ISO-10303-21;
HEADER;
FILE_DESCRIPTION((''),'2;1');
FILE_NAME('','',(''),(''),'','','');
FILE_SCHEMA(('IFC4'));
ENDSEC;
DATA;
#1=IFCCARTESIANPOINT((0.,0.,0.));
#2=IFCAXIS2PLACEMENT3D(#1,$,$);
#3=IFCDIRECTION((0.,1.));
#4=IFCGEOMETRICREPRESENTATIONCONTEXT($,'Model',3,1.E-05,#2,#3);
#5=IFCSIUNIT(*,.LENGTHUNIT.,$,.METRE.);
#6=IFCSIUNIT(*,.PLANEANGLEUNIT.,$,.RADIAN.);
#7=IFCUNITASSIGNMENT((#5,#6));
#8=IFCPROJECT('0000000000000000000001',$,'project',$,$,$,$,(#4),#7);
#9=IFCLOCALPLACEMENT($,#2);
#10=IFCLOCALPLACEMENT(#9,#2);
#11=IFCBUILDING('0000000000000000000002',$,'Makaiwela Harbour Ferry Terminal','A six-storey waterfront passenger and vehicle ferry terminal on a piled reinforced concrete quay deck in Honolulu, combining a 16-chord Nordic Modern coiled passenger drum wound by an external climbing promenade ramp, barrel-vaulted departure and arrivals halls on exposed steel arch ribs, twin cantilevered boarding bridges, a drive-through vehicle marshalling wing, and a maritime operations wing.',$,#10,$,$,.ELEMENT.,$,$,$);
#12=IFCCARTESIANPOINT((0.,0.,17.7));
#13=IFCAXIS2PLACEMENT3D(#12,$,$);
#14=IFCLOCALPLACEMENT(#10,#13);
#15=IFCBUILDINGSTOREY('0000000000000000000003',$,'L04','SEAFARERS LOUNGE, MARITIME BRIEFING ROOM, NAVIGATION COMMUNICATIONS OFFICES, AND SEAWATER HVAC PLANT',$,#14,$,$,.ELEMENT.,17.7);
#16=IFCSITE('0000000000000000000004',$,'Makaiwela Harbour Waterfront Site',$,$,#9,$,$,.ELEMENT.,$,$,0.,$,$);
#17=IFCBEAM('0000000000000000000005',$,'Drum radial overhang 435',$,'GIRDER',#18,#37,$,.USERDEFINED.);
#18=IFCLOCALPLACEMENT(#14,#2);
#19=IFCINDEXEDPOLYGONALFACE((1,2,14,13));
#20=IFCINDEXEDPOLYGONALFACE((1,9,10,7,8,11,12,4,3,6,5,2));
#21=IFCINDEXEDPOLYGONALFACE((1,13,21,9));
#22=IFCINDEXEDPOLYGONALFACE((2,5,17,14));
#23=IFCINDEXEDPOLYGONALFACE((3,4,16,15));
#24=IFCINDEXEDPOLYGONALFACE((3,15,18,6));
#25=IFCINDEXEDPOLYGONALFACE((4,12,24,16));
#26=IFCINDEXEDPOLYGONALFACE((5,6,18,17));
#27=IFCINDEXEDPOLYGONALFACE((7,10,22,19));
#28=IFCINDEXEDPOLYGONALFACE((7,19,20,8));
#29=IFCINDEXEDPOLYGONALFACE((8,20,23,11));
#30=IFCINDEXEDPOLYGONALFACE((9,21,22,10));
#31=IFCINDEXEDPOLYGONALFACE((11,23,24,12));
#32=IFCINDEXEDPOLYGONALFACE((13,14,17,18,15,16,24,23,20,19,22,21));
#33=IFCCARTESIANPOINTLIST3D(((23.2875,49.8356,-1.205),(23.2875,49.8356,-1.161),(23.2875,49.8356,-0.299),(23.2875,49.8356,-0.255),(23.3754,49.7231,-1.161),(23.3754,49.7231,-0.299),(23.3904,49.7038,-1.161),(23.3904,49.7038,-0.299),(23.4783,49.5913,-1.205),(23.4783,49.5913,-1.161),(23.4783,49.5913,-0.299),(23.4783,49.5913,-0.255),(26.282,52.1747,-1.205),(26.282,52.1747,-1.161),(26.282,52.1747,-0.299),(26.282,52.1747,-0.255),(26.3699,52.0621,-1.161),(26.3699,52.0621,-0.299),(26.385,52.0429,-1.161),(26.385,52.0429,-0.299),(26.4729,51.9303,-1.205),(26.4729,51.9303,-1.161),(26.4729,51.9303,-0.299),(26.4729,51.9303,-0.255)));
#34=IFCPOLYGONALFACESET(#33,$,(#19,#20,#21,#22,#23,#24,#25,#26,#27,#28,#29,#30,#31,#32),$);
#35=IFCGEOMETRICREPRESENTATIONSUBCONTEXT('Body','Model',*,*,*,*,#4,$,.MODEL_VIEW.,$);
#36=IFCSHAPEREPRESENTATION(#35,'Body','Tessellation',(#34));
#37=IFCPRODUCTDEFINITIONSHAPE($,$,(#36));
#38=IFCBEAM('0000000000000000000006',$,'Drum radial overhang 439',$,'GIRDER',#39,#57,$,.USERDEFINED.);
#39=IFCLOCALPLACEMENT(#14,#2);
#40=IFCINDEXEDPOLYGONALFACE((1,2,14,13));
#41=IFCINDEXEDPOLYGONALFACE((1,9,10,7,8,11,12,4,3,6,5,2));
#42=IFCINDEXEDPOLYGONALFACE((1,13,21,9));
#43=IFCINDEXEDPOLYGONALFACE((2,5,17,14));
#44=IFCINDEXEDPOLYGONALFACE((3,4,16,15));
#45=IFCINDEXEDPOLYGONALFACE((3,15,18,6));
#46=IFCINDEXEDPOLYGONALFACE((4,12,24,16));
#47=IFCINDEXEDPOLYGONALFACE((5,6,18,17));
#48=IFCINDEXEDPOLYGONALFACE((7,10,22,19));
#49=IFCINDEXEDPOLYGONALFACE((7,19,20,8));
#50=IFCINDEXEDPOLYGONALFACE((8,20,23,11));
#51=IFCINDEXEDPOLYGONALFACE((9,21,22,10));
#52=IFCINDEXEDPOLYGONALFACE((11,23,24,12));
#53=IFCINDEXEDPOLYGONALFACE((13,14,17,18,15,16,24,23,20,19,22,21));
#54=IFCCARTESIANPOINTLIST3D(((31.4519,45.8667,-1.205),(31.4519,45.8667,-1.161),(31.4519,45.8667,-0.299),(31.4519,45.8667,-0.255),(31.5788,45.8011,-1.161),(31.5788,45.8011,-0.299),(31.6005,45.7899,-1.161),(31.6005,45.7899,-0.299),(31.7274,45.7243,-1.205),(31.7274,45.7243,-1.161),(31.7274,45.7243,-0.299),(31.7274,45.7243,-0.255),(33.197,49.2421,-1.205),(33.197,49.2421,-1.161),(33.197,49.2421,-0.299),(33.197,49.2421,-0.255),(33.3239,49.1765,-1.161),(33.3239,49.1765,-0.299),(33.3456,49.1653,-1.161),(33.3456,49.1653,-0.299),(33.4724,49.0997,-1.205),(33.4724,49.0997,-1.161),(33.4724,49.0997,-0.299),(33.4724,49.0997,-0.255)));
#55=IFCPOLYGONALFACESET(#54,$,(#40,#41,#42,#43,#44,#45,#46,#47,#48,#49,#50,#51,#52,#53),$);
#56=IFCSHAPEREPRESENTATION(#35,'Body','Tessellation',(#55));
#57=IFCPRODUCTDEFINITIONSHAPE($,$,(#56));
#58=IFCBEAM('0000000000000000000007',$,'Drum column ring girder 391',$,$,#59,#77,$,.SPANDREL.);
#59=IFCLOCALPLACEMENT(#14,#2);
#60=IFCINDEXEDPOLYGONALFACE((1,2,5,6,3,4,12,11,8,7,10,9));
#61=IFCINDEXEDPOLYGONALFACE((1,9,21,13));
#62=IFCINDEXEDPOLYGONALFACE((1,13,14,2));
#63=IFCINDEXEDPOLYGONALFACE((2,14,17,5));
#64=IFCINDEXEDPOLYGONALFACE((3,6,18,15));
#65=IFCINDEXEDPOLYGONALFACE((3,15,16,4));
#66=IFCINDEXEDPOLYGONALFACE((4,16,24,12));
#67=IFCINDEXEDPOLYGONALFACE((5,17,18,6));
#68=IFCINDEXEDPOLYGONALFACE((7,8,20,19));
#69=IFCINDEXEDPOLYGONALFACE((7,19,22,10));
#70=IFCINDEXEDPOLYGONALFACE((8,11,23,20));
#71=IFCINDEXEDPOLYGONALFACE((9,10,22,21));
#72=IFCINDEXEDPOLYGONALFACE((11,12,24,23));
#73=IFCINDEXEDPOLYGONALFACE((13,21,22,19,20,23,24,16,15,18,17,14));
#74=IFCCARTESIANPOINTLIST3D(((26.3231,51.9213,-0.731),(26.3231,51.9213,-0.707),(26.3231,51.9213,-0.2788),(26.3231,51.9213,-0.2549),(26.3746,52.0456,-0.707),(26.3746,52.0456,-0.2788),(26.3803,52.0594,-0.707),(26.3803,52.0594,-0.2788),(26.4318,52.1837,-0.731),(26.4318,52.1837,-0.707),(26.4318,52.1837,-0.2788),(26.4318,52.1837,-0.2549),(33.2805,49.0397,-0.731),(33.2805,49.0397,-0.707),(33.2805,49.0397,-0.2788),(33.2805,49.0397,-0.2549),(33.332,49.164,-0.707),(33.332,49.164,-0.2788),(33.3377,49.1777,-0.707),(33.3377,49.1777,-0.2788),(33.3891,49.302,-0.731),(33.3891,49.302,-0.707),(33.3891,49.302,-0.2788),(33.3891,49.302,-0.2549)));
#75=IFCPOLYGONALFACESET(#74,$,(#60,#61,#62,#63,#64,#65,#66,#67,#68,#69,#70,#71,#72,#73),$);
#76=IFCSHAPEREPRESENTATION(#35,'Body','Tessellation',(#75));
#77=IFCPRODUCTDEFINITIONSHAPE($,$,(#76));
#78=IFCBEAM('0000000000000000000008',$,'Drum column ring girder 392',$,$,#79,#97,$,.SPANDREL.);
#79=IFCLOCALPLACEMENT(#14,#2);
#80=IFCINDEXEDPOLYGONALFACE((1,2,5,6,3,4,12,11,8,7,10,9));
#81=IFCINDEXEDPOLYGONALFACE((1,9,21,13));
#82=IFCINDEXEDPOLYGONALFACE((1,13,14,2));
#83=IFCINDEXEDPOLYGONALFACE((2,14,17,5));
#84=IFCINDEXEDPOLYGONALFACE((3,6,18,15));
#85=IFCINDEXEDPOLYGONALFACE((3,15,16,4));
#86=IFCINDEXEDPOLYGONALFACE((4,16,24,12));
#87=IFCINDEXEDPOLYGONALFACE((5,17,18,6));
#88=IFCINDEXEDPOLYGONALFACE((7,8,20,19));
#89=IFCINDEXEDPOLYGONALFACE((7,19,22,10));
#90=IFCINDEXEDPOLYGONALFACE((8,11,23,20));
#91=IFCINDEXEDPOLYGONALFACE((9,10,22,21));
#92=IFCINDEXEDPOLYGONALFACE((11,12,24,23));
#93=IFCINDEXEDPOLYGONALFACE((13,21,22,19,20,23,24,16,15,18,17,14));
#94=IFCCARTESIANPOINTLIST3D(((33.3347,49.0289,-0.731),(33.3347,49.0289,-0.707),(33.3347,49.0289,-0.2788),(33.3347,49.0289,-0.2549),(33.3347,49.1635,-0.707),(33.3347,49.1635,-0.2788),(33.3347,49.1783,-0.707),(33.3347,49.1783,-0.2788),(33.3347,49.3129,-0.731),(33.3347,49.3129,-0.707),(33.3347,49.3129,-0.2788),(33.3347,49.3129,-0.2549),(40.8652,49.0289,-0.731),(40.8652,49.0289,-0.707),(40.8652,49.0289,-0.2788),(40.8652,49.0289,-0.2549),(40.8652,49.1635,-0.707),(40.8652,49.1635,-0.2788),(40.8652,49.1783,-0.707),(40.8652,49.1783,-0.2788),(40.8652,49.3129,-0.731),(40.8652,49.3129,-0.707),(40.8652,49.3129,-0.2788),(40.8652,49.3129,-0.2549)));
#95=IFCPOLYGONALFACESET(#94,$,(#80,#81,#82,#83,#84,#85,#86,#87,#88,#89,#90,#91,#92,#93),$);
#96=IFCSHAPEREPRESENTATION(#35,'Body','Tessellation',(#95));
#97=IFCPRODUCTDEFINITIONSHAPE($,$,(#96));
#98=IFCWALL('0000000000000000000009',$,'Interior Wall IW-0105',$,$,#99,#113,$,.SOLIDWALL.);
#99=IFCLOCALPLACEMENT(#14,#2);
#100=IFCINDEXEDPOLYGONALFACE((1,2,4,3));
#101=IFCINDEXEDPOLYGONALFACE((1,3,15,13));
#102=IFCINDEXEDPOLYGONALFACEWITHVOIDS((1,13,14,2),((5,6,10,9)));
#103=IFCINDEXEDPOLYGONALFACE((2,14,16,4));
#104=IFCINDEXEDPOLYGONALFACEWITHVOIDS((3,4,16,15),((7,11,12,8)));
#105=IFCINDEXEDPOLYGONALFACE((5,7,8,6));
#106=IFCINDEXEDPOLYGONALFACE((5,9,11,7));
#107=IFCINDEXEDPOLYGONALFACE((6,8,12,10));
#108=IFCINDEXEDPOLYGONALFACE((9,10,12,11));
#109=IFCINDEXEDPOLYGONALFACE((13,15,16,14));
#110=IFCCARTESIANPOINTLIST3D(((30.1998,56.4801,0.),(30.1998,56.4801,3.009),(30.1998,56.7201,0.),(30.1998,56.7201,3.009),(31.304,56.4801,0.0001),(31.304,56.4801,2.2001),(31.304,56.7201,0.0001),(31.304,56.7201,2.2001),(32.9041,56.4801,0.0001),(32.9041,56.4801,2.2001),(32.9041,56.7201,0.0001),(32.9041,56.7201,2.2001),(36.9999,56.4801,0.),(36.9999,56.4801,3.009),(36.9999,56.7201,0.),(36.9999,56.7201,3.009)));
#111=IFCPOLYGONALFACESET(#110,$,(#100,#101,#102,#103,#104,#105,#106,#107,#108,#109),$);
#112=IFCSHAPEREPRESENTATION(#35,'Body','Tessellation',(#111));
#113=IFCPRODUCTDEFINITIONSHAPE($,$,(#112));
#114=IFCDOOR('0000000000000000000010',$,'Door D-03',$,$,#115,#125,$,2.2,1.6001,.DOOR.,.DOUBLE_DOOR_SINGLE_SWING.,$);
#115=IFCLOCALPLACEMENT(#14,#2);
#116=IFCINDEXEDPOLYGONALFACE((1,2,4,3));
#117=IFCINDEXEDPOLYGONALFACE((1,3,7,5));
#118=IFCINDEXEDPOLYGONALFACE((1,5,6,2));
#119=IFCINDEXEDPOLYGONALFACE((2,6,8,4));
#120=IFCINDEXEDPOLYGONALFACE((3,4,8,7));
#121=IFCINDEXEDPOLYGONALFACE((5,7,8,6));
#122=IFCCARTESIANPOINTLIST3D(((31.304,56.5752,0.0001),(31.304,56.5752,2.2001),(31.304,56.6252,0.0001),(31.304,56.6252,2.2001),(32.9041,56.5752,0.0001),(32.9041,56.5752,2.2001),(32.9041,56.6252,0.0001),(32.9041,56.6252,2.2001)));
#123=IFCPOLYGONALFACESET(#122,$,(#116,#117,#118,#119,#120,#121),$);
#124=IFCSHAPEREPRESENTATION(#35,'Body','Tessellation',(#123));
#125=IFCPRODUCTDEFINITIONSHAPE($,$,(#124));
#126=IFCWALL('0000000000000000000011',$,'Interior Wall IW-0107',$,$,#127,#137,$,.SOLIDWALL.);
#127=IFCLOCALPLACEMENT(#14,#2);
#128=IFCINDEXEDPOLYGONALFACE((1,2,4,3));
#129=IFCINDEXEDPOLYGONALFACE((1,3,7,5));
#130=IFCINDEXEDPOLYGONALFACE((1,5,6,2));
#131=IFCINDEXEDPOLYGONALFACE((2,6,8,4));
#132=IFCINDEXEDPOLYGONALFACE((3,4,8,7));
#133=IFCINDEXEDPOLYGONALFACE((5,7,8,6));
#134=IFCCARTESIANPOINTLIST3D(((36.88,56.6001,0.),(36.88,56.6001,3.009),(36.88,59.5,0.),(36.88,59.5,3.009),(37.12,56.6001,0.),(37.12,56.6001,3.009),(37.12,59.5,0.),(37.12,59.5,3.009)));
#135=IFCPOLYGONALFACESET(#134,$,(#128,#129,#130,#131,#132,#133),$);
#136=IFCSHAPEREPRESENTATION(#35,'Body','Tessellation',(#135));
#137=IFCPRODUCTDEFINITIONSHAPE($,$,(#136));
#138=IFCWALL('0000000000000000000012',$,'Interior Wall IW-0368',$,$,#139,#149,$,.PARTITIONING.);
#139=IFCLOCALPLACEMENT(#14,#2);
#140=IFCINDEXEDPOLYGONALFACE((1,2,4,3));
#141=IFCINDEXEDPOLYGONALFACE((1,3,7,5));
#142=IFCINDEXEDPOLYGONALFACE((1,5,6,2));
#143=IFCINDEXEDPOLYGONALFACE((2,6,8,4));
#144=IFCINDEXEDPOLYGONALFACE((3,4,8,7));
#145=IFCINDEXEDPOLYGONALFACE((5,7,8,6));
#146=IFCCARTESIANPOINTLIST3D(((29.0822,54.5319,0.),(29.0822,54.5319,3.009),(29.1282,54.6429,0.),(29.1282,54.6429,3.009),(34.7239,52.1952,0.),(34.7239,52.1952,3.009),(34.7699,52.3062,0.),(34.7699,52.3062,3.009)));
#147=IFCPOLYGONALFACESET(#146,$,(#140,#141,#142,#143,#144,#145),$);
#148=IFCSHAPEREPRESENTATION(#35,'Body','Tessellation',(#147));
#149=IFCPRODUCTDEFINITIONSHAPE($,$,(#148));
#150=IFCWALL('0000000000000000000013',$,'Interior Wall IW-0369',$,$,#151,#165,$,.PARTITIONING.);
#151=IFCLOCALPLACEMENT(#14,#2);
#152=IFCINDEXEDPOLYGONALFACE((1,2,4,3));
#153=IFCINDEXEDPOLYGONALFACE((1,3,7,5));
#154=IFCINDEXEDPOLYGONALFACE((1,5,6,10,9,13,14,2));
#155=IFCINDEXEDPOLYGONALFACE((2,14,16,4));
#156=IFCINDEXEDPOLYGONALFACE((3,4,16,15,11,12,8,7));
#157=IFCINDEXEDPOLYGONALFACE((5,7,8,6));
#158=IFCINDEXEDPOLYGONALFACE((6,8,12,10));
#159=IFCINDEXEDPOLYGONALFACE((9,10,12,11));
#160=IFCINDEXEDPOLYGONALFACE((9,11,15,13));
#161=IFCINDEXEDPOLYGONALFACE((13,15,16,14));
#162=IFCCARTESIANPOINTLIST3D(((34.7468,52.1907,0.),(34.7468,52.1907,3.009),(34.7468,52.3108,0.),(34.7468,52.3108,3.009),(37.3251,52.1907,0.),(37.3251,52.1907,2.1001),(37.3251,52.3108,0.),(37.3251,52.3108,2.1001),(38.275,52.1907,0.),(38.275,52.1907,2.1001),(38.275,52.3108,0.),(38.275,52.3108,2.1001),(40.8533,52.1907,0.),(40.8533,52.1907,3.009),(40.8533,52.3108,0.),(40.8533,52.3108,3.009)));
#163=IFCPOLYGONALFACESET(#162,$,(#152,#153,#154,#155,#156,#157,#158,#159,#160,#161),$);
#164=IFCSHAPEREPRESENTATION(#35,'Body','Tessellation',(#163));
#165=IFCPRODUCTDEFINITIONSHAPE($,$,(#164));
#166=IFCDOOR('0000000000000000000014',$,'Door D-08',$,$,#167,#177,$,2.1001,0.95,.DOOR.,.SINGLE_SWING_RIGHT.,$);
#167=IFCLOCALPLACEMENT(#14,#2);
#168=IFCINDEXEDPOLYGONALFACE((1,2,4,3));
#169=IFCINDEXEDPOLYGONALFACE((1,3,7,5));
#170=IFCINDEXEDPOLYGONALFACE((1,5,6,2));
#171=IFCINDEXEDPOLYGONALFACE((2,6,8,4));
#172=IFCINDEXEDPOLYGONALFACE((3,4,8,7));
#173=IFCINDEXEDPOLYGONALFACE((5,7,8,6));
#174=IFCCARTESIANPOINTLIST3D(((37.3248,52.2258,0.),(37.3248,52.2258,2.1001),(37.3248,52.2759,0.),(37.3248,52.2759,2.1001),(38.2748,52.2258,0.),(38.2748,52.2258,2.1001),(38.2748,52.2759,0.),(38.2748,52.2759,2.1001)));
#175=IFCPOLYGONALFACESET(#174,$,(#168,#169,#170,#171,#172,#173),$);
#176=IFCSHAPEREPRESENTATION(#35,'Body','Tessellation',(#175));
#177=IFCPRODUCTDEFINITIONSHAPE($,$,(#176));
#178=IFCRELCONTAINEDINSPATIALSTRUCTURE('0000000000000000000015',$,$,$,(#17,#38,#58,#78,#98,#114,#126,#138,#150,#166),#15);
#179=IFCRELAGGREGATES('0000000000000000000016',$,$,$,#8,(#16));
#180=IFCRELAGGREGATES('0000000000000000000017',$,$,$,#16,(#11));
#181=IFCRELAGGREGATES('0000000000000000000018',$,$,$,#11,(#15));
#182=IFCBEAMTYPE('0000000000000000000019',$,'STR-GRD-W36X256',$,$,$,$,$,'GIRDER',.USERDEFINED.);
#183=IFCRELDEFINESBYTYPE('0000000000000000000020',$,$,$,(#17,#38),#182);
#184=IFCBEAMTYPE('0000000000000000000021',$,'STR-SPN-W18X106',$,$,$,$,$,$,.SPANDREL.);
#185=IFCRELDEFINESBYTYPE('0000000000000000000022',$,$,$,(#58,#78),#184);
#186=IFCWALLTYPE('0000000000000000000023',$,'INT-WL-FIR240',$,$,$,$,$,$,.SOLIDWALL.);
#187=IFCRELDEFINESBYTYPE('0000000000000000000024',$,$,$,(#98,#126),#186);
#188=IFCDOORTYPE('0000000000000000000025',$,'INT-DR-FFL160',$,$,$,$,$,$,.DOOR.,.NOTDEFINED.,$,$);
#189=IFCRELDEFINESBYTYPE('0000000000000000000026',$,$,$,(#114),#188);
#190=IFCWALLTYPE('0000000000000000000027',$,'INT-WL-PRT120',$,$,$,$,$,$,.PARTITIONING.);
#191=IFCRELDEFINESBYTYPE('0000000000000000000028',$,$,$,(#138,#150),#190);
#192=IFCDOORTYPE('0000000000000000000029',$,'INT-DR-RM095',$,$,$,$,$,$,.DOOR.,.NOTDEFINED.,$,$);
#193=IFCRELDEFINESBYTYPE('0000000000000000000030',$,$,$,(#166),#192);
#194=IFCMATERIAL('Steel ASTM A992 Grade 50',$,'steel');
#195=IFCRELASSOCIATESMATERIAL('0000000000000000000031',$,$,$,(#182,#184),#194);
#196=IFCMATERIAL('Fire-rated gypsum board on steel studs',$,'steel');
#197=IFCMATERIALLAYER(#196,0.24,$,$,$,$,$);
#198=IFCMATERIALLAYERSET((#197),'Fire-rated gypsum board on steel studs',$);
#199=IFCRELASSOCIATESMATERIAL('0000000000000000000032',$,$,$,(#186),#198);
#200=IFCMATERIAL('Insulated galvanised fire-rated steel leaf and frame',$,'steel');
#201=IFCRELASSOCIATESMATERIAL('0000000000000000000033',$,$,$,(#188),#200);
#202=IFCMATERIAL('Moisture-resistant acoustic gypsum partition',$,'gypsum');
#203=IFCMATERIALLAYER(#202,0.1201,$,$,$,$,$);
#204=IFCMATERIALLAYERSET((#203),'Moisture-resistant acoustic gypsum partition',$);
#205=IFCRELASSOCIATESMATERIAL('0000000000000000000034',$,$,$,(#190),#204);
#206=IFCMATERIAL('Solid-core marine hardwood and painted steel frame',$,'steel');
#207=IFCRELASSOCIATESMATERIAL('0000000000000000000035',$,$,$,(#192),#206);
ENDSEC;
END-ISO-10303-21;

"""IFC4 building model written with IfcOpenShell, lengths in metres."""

from ifc_helpers import new_model, si_unit, direction, frame, frame_2d, origin, origin_2d, place, context, subcontext, project, spatial, rectangle, i_section, extrude, material, layer, layer_set, material_profile, profile_set, type_object, element, fill, save


model = new_model("IFC4")

# Units and contexts
model_context = context("Model", 3, precision=1e-05, world=origin(), true_north=direction((0.0, 1.0)))
body_context = subcontext(model_context, "Body", "Model", "MODEL_VIEW")
ifc_project = project(units=[si_unit("LENGTHUNIT", "METRE"), si_unit("PLANEANGLEUNIT", "RADIAN")], contexts=[model_context])

# Site, building, storey
site_placement = place(None, origin())
site = spatial("IfcSite", under=ifc_project, at=site_placement, Name="Makaiwela Harbour Waterfront Site", CompositionType="ELEMENT", RefElevation=0.0)
building_placement = place(site_placement, origin())
building = spatial("IfcBuilding", under=site, at=building_placement, Name="Makaiwela Harbour Ferry Terminal", Description="A six-storey waterfront passenger and vehicle ferry terminal on a piled reinforced concrete quay deck in Honolulu, combining a 16-chord Nordic Modern coiled passenger drum wound by an external climbing promenade ramp, barrel-vaulted departure and arrivals halls on exposed steel arch ribs, twin cantilevered boarding bridges, a drive-through vehicle marshalling wing, and a maritime operations wing.", CompositionType="ELEMENT")
storey_placement = place(building_placement, frame((0.0, 0.0, 17.7)))
storey = spatial("IfcBuildingStorey", under=building, at=storey_placement, Name="L04", Description="SEAFARERS LOUNGE, MARITIME BRIEFING ROOM, NAVIGATION COMMUNICATIONS OFFICES, AND SEAWATER HVAC PLANT", CompositionType="ELEMENT", Elevation=17.7)

# Shared definitions
ifc_material_1 = material(Name="Steel ASTM A992 Grade 50", Category="steel")

# Beams
ifc_material_profile_1 = material_profile(ifc_material_1, i_section(OverallWidth=0.3101, OverallDepth=0.95, WebThickness=0.0244, FlangeThickness=0.0439, at=origin_2d()), Name="W36X256")
ifc_profile_set_1 = profile_set([ifc_material_profile_1], Name="Steel ASTM A992 Grade 50")
beam_type_1 = type_object("IfcBeamType", Name="STR-GRD-W36X256", ElementType="GIRDER", PredefinedType="USERDEFINED", material=ifc_profile_set_1)
for number, where, z_axis, x_axis, name in (
    (1, (26.3774, 52.0525, -0.73), (-0.788081, -0.615572, 0.0), (0.615572, -0.788081, 0.0), "Drum radial overhang 435"),
    (2, (33.3347, 49.1709, -0.73), (-0.459252, -0.888306, 0.0), (0.888306, -0.459252, 0.0), "Drum radial overhang 439"),
):
    element("IfcBeam", number, at=place(storey_placement, frame(where, z_axis=z_axis, x_axis=x_axis)), inside=storey, type_object=beam_type_1, Name=name, ObjectType="GIRDER", PredefinedType="USERDEFINED", context=body_context, shape_type="SweptSolid", body=[
        extrude(i_section(OverallWidth=0.3101, OverallDepth=0.95, WebThickness=0.0244, FlangeThickness=0.0439, at=origin_2d()), origin(), (0.0, 0.0, 1.0), 3.7998),
    ])
ifc_material_profile_2 = material_profile(ifc_material_1, i_section(OverallWidth=0.2839, OverallDepth=0.4761, WebThickness=0.0149, FlangeThickness=0.0239, at=origin_2d()), Name="W18X106")
ifc_profile_set_2 = profile_set([ifc_material_profile_2], Name="Steel ASTM A992 Grade 50")
beam_type_2 = type_object("IfcBeamType", Name="STR-SPN-W18X106", PredefinedType="SPANDREL", material=ifc_profile_set_2)
for number, where, z_axis, x_axis, name in (
    (3, (26.3774, 52.0525, -0.4929), (0.923889, -0.38266, 0.0), (0.38266, 0.923889, 0.0), "Drum column ring girder 391"),
    (4, (33.3347, 49.1709, -0.4929), (1.0, 0.0, 0.0), (0.0, 1.0, 0.0), "Drum column ring girder 392"),
):
    element("IfcBeam", number, at=place(storey_placement, frame(where, z_axis=z_axis, x_axis=x_axis)), inside=storey, type_object=beam_type_2, Name=name, PredefinedType="SPANDREL", context=body_context, shape_type="SweptSolid", body=[
        extrude(i_section(OverallWidth=0.2839, OverallDepth=0.4761, WebThickness=0.0149, FlangeThickness=0.0239, at=origin_2d()), origin(), (0.0, 0.0, 1.0), 7.5305),
    ])

# Wall, opening, door
ifc_material_2 = material(Name="Fire-rated gypsum board on steel studs", Category="steel")
ifc_layer_1 = layer(ifc_material_2, 0.24)
ifc_layer_set_1 = layer_set([ifc_layer_1], Name="Fire-rated gypsum board on steel studs")
wall_type_1 = type_object("IfcWallType", Name="INT-WL-FIR240", PredefinedType="SOLIDWALL", material=ifc_layer_set_1)
wall_1_placement = place(storey_placement, frame((30.2, 56.6001, 0.0), z_axis=(0.0, 0.0, 1.0), x_axis=(1.0, 0.0, 0.0)))
wall_1 = element("IfcWall", 5, at=wall_1_placement, inside=storey, type_object=wall_type_1, Name="Interior Wall IW-0105", PredefinedType="SOLIDWALL", context=body_context, shape_type="SweptSolid", body=[
    extrude(rectangle(XDim=6.8, YDim=0.24, at=frame_2d((3.3999, 0.0))), origin(), (0.0, 0.0, 1.0), 3.009),
])
opening_1_placement = place(wall_1_placement, frame((1.104, 0.0, 0.0)))
opening_1 = element("IfcOpeningElement", 6, at=opening_1_placement, cuts=wall_1, PredefinedType="OPENING", context=body_context, shape_type="SweptSolid", body=[
    extrude(rectangle(XDim=1.6001, YDim=2.2, at=frame_2d((0.8, 1.1001))), frame((0.0, 0.1299, 0.0), z_axis=(0.0, -1.0, 0.0), x_axis=(1.0, 0.0, 0.0)), (0.0, 0.0, 1.0), 0.26),
])
ifc_material_3 = material(Name="Insulated galvanised fire-rated steel leaf and frame", Category="steel")
door_type_1 = type_object("IfcDoorType", Name="INT-DR-FFL160", OperationType="NOTDEFINED", PredefinedType="DOOR", material=ifc_material_3)
door_1_placement = place(opening_1_placement, frame((1.6001, 0.0, 0.0), z_axis=(0.0, 0.0, 1.0), x_axis=(-1.0, 0.0, 0.0)))
door_1 = element("IfcDoor", 7, at=door_1_placement, inside=storey, type_object=door_type_1, Name="Door D-03", OperationType="DOUBLE_DOOR_SINGLE_SWING", OverallHeight=2.2, OverallWidth=1.6001, PredefinedType="DOOR", context=body_context, shape_type="SweptSolid", body=[
    extrude(rectangle(XDim=1.6001, YDim=2.2, at=frame_2d((0.8, 1.1001))), frame((0.0, 0.0249, 0.0), z_axis=(0.0, -1.0, 0.0), x_axis=(1.0, 0.0, 0.0)), (0.0, 0.0, 1.0), 0.05),
])
fill(opening_1, door_1)

# Walls
wall_2_placement = place(storey_placement, frame((37.0, 56.6001, 0.0), z_axis=(0.0, 0.0, 1.0), x_axis=(0.0, 1.0, 0.0)))
element("IfcWall", 8, at=wall_2_placement, inside=storey, type_object=wall_type_1, Name="Interior Wall IW-0107", PredefinedType="SOLIDWALL", context=body_context, shape_type="SweptSolid", body=[
    extrude(rectangle(XDim=2.8999, YDim=0.24, at=frame_2d((1.45, 0.0))), origin(), (0.0, 0.0, 1.0), 3.009),
])
ifc_material_4 = material(Name="Moisture-resistant acoustic gypsum partition", Category="gypsum")
ifc_layer_2 = layer(ifc_material_4, 0.1201)
ifc_layer_set_2 = layer_set([ifc_layer_2], Name="Moisture-resistant acoustic gypsum partition")
wall_type_2 = type_object("IfcWallType", Name="INT-WL-PRT120", PredefinedType="PARTITIONING", material=ifc_layer_set_2)
wall_3_placement = place(storey_placement, frame((29.1052, 54.5874, 0.0), z_axis=(0.0, 0.0, 1.0), x_axis=(0.923889, -0.382661, 0.0)))
element("IfcWall", 9, at=wall_3_placement, inside=storey, type_object=wall_type_2, Name="Interior Wall IW-0368", PredefinedType="PARTITIONING", context=body_context, shape_type="SweptSolid", body=[
    extrude(rectangle(XDim=6.1064, YDim=0.1201, at=frame_2d((3.0532, 0.0))), origin(), (0.0, 0.0, 1.0), 3.009),
])

# Wall, opening, door
wall_4_placement = place(storey_placement, frame((34.7468, 52.2507, 0.0), z_axis=(0.0, 0.0, 1.0), x_axis=(1.0, 0.0, 0.0)))
wall_4 = element("IfcWall", 10, at=wall_4_placement, inside=storey, type_object=wall_type_2, Name="Interior Wall IW-0369", PredefinedType="PARTITIONING", context=body_context, shape_type="SweptSolid", body=[
    extrude(rectangle(XDim=6.1064, YDim=0.1201, at=frame_2d((3.0532, 0.0))), origin(), (0.0, 0.0, 1.0), 3.009),
])
opening_2_placement = place(wall_4_placement, frame((2.5781, 0.0, 0.0)))
opening_2 = element("IfcOpeningElement", 11, at=opening_2_placement, cuts=wall_4, PredefinedType="OPENING", context=body_context, shape_type="SweptSolid", body=[
    extrude(rectangle(XDim=0.95, YDim=2.1001, at=frame_2d((0.4751, 1.05))), frame((0.0, 0.0701, 0.0), z_axis=(0.0, -1.0, 0.0), x_axis=(1.0, 0.0, 0.0)), (0.0, 0.0, 1.0), 0.1401),
])
ifc_material_5 = material(Name="Solid-core marine hardwood and painted steel frame", Category="steel")
door_type_2 = type_object("IfcDoorType", Name="INT-DR-RM095", OperationType="NOTDEFINED", PredefinedType="DOOR", material=ifc_material_5)
door_2_placement = place(opening_2_placement, frame((0.95, 0.0, 0.0), z_axis=(0.0, 0.0, 1.0), x_axis=(-1.0, 0.0, 0.0)))
door_2 = element("IfcDoor", 12, at=door_2_placement, inside=storey, type_object=door_type_2, Name="Door D-08", OperationType="SINGLE_SWING_RIGHT", OverallHeight=2.1001, OverallWidth=0.95, PredefinedType="DOOR", context=body_context, shape_type="SweptSolid", body=[
    extrude(rectangle(XDim=0.95, YDim=2.1001, at=frame_2d((0.4751, 1.05))), frame((0.0, 0.0249, 0.0), z_axis=(0.0, -1.0, 0.0), x_axis=(1.0, 0.0, 0.0)), (0.0, 0.0, 1.0), 0.05),
])
fill(opening_2, door_2)

save(model, "model.ifc")
